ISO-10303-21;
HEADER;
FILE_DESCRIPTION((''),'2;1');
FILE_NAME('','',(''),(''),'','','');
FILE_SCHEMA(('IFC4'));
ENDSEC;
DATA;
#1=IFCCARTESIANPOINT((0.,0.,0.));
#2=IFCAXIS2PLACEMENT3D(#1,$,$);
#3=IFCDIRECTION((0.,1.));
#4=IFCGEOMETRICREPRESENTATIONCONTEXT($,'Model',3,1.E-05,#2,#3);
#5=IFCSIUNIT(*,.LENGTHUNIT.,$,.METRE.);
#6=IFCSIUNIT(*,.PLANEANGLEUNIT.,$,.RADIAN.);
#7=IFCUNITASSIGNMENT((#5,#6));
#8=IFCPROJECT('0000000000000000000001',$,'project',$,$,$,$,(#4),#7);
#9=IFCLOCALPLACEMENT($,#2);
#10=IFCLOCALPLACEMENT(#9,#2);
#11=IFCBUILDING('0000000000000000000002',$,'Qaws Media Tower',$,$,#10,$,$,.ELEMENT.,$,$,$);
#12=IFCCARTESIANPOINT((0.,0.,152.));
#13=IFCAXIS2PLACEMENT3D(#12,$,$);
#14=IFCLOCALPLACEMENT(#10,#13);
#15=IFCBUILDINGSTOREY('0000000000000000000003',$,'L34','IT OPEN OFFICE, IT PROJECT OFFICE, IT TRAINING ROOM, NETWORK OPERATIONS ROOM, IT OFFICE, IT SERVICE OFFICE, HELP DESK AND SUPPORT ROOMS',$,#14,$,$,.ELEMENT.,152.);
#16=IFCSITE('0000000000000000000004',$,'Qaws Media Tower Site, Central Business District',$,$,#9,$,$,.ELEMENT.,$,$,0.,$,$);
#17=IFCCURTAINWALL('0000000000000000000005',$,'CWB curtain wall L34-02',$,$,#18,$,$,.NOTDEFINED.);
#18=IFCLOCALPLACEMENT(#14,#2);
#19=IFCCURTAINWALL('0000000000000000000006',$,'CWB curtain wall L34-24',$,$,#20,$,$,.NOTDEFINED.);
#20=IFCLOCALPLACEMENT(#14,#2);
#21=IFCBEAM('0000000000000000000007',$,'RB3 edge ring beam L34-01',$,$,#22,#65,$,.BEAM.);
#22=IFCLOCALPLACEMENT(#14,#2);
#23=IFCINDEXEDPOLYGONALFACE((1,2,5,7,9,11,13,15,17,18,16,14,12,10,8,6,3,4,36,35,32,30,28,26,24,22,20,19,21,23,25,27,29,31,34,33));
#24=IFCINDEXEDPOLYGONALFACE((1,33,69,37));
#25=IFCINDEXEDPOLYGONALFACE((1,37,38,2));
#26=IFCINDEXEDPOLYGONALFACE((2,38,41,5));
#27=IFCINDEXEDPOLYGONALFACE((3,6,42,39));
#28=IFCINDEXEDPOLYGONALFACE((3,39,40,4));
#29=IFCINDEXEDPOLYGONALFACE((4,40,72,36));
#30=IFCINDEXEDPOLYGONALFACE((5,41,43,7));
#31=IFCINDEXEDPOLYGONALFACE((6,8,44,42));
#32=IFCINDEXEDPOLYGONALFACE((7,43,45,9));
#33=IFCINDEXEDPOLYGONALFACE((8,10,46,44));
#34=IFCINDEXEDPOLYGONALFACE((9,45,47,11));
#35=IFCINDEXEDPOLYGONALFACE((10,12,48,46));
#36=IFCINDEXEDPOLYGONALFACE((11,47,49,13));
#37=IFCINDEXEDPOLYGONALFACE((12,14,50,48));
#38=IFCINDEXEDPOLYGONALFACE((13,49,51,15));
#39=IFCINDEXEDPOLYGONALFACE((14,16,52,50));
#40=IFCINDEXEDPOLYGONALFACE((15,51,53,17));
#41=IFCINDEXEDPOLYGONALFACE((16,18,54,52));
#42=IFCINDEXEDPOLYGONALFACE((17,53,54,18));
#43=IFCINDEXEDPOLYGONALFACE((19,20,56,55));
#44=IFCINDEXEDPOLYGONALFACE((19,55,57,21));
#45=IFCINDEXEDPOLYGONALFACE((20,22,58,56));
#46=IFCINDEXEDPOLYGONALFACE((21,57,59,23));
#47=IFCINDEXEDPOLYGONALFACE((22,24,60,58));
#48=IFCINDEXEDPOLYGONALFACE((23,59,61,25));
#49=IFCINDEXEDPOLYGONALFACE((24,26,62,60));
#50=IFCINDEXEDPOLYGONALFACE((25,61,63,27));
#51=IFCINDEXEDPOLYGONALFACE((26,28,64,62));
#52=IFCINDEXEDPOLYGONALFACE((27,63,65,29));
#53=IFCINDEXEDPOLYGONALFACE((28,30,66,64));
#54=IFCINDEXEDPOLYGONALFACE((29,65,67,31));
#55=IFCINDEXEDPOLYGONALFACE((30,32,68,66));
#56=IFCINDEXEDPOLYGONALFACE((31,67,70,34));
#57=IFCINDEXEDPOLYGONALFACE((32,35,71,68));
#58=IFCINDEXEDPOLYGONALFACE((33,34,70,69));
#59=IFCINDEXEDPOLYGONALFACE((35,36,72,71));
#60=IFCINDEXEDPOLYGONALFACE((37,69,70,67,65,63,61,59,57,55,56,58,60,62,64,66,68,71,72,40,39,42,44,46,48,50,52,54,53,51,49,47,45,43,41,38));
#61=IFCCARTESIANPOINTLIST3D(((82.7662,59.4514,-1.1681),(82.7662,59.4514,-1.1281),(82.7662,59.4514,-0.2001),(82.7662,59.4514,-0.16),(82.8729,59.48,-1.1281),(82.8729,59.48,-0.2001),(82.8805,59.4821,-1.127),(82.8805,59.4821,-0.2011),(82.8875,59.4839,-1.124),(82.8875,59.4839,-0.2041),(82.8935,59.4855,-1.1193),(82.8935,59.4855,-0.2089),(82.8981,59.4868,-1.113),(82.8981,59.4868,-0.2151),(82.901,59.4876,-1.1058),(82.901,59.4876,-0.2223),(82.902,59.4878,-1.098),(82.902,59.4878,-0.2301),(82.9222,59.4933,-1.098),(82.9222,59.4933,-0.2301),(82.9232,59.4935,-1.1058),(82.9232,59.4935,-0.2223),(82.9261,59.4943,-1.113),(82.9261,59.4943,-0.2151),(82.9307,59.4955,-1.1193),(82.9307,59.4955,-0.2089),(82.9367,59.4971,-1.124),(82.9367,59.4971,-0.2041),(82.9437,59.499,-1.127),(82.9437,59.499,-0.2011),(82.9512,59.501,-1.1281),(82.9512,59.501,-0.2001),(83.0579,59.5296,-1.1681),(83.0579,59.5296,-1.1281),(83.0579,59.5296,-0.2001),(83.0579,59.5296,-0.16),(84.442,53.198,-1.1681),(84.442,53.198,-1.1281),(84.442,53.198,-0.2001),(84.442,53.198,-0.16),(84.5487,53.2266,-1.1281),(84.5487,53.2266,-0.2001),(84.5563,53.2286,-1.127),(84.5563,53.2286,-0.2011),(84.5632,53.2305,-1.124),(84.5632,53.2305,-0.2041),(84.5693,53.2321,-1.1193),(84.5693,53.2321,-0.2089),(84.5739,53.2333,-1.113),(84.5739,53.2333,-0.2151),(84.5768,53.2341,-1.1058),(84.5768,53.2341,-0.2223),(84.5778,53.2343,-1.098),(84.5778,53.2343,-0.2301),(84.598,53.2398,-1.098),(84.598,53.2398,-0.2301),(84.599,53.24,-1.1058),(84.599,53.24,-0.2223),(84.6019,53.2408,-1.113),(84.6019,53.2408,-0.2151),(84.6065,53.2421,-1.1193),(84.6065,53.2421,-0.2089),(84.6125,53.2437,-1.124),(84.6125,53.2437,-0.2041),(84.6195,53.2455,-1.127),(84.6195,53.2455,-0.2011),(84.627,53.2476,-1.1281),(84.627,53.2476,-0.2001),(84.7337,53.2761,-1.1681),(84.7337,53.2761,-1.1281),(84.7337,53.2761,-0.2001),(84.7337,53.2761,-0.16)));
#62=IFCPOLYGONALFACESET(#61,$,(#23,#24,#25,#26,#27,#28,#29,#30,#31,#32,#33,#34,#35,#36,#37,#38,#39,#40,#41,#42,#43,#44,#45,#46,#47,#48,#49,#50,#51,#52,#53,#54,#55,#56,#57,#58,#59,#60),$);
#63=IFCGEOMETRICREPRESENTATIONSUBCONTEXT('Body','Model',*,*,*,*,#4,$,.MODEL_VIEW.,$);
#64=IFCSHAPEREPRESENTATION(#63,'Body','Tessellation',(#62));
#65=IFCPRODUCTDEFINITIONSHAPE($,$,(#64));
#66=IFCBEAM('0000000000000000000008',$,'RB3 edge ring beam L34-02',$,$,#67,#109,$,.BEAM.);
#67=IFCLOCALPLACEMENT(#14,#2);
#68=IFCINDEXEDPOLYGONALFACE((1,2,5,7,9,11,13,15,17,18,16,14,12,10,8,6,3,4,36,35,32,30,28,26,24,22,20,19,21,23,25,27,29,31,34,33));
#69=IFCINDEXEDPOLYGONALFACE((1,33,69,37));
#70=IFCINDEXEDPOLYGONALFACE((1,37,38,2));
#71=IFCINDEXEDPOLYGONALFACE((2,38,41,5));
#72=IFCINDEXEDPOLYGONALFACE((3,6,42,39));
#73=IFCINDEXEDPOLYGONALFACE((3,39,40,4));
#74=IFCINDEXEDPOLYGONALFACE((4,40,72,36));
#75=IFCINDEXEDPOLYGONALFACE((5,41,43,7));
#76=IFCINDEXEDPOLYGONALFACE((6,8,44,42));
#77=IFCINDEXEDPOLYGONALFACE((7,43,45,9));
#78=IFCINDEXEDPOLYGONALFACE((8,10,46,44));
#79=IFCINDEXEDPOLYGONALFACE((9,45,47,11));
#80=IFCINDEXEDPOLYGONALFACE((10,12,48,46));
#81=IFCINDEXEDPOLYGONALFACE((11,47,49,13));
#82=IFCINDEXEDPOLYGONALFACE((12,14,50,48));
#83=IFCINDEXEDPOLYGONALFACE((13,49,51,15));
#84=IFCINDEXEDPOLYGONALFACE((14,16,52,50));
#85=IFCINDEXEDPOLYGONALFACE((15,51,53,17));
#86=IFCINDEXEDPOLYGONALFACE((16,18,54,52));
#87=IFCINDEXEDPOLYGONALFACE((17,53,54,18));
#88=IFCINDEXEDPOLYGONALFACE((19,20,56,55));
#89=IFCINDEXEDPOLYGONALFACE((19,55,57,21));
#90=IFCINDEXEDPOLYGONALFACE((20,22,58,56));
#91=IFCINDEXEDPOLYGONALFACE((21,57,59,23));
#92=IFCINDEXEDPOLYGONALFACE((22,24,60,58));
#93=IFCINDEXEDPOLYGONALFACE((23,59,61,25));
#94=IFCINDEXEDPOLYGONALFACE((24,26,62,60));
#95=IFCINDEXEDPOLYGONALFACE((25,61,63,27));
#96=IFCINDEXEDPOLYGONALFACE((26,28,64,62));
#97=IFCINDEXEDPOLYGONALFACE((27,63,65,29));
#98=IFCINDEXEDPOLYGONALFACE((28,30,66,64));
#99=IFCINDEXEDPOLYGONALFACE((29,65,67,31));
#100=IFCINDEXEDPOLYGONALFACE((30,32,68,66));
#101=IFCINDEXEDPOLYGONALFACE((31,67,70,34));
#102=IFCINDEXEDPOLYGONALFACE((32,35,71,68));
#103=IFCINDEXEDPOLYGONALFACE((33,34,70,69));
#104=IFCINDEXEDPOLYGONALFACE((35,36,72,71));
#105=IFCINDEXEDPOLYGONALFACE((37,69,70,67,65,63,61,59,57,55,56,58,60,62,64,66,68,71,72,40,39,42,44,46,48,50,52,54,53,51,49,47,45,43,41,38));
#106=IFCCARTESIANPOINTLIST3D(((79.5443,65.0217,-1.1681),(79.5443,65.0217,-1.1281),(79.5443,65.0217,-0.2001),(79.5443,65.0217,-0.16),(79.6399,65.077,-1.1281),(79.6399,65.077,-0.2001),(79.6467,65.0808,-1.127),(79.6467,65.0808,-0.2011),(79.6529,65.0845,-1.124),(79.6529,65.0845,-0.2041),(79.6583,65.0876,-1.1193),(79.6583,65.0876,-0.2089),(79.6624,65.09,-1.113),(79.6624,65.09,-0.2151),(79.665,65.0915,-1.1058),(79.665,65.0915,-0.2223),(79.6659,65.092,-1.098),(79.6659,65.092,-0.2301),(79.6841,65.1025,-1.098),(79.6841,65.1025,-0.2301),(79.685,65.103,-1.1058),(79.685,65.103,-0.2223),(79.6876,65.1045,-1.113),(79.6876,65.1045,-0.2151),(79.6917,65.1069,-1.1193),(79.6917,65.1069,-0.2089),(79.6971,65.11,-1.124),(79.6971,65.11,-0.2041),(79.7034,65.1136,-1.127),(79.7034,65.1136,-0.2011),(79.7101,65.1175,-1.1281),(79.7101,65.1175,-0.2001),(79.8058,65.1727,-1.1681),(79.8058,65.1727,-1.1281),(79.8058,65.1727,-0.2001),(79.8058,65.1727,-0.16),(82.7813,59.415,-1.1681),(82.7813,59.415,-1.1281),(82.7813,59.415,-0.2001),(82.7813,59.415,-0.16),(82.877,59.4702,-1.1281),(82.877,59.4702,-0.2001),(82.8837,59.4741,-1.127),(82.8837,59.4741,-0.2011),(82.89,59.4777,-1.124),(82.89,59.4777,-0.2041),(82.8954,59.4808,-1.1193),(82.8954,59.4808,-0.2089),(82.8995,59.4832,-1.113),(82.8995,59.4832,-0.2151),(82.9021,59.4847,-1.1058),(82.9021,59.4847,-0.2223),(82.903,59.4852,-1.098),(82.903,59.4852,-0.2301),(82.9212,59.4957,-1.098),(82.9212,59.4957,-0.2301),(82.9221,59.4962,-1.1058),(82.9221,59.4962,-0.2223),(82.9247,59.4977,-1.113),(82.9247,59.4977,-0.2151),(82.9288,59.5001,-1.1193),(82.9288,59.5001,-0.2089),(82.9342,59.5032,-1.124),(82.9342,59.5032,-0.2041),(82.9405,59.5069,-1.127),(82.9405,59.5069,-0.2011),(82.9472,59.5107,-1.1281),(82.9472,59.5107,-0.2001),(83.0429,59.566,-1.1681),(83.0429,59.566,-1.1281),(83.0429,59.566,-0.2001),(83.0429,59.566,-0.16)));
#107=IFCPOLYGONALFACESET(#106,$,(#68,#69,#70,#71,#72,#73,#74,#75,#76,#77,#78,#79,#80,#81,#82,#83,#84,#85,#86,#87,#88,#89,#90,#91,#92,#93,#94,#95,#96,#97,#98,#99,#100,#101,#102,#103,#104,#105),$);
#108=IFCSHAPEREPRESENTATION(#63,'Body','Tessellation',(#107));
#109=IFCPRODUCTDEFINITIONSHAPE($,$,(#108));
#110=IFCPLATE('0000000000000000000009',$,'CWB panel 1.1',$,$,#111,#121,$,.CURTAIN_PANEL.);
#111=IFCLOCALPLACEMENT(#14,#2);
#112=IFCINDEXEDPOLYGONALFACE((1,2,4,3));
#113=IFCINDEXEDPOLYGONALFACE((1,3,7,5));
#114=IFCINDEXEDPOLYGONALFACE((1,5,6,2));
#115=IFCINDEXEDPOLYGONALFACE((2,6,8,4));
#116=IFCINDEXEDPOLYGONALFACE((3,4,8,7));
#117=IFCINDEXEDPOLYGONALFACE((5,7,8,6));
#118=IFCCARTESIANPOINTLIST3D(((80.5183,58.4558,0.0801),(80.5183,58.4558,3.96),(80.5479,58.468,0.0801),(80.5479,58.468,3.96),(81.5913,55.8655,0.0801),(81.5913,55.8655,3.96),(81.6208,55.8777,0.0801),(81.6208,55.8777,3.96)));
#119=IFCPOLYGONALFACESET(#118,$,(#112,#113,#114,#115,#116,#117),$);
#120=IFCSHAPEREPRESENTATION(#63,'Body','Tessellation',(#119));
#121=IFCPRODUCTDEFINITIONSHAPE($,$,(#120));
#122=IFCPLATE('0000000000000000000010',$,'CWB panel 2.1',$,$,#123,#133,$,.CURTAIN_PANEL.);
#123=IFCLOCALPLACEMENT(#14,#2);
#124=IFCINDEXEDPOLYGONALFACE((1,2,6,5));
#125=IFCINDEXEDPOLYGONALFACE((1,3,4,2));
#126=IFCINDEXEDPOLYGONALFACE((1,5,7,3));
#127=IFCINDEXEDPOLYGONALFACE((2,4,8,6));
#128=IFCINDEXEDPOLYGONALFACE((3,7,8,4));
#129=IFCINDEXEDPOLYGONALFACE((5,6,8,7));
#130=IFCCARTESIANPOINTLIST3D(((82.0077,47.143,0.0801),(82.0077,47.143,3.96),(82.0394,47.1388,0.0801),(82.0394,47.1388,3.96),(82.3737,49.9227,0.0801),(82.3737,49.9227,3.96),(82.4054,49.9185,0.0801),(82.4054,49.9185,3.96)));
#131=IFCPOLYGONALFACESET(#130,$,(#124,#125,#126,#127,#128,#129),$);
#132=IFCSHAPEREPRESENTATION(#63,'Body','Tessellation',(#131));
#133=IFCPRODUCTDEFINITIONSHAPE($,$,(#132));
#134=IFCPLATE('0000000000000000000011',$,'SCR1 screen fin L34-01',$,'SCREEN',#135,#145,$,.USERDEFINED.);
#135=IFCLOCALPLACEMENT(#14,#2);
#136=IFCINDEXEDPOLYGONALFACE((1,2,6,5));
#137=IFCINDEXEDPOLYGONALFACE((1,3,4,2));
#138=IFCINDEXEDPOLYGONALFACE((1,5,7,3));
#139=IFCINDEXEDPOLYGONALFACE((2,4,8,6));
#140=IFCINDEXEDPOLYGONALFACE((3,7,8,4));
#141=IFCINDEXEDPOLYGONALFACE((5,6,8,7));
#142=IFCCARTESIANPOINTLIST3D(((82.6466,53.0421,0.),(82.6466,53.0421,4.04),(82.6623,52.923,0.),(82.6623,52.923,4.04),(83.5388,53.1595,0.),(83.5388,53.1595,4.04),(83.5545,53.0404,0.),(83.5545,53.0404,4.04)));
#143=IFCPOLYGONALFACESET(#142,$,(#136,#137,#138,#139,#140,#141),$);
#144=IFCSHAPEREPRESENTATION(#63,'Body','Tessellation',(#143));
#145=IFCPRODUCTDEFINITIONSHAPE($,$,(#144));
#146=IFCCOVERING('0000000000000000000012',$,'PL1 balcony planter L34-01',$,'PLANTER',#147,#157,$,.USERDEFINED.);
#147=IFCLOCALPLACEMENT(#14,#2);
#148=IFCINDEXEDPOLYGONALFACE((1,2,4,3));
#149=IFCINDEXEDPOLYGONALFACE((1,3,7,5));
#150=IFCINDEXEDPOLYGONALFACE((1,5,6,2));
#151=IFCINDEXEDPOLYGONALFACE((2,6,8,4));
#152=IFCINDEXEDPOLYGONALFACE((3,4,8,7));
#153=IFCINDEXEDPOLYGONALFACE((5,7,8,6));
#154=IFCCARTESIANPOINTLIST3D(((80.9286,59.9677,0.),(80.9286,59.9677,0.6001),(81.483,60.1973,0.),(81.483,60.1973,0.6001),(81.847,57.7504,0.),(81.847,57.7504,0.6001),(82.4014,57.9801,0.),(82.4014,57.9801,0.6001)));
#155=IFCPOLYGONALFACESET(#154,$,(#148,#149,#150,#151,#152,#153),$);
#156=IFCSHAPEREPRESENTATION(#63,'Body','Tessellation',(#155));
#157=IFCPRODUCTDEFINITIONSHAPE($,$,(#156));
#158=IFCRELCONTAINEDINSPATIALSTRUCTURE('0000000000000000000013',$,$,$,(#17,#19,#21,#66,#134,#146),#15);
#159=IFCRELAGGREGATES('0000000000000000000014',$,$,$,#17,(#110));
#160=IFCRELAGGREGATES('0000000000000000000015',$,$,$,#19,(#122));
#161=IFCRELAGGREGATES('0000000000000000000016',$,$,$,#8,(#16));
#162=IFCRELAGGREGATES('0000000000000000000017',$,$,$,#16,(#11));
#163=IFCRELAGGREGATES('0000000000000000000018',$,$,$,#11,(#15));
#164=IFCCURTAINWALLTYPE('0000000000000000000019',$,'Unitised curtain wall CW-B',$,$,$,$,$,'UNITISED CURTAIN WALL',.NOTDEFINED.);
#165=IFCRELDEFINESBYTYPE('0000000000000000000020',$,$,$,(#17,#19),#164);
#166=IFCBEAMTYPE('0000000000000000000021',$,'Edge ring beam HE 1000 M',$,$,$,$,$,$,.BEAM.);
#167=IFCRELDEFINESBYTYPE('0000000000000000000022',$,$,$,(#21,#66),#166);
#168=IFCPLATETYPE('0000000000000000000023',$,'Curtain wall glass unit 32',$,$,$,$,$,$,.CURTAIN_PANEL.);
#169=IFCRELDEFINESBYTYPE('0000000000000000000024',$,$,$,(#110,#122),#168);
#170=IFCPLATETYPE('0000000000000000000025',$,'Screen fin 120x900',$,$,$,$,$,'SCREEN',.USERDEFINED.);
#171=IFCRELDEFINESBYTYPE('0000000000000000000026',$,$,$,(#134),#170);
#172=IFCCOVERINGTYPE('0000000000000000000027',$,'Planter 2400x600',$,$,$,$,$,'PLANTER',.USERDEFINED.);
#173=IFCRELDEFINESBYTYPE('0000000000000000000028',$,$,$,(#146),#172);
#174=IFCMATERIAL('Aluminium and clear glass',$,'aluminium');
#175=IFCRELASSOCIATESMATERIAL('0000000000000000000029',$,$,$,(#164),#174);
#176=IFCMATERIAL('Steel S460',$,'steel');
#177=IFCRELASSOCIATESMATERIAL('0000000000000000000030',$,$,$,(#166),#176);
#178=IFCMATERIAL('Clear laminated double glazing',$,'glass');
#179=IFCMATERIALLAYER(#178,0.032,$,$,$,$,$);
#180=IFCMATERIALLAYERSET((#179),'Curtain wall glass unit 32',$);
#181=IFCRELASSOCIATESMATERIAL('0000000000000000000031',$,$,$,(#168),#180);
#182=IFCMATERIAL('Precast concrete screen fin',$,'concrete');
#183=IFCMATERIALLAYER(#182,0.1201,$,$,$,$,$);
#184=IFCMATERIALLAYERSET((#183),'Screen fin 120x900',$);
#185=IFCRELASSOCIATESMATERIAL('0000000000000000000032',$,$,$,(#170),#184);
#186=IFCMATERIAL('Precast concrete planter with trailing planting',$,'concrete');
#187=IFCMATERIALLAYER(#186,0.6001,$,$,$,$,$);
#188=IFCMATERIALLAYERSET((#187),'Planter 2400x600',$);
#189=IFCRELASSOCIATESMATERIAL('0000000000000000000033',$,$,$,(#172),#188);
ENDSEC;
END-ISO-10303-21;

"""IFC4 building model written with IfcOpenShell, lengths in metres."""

from ifc_helpers import new_model, si_unit, direction, frame, origin, origin_2d, place, context, subcontext, project, spatial, rectangle, i_section, extrude, material, layer, layer_set, material_profile, profile_set, type_object, element, aggregate, save


model = new_model("IFC4")

# Units and contexts
model_context = context("Model", 3, precision=1e-05, world=origin(), true_north=direction((0.0, 1.0)))
body_context = subcontext(model_context, "Body", "Model", "MODEL_VIEW")
ifc_project = project(units=[si_unit("LENGTHUNIT", "METRE"), si_unit("PLANEANGLEUNIT", "RADIAN")], contexts=[model_context])

# Site, building, storey
site_placement = place(None, origin())
site = spatial("IfcSite", under=ifc_project, at=site_placement, Name="Qaws Media Tower Site, Central Business District", CompositionType="ELEMENT", RefElevation=0.0)
building_placement = place(site_placement, origin())
building = spatial("IfcBuilding", under=site, at=building_placement, Name="Qaws Media Tower", CompositionType="ELEMENT")
storey_placement = place(building_placement, frame((0.0, 0.0, 152.0)))
storey = spatial("IfcBuildingStorey", under=building, at=storey_placement, Name="L34", Description="IT OPEN OFFICE, IT PROJECT OFFICE, IT TRAINING ROOM, NETWORK OPERATIONS ROOM, IT OFFICE, IT SERVICE OFFICE, HELP DESK AND SUPPORT ROOMS", CompositionType="ELEMENT", Elevation=152.0)

# Curtain wall
ifc_material_1 = material(Name="Aluminium and clear glass", Category="aluminium")
curtain_wall_type = type_object("IfcCurtainWallType", Name="Unitised curtain wall CW-B", ElementType="UNITISED CURTAIN WALL", PredefinedType="NOTDEFINED", material=ifc_material_1)
curtain_wall_1_placement = place(storey_placement, origin())
curtain_wall_1 = element("IfcCurtainWall", 1, at=curtain_wall_1_placement, inside=storey, type_object=curtain_wall_type, Name="CWB curtain wall L34-02", PredefinedType="NOTDEFINED")

# Curtain wall
curtain_wall_2_placement = place(storey_placement, origin())
curtain_wall_2 = element("IfcCurtainWall", 2, at=curtain_wall_2_placement, inside=storey, type_object=curtain_wall_type, Name="CWB curtain wall L34-24", PredefinedType="NOTDEFINED")

# Beams
ifc_material_2 = material(Name="Steel S460", Category="steel")
ifc_material_profile_1 = material_profile(ifc_material_2, i_section(OverallWidth=0.302, OverallDepth=1.0081, WebThickness=0.021, FlangeThickness=0.04, FilletRadius=0.03, at=origin_2d()), Name="HE 1000 M")
ifc_profile_set_1 = profile_set([ifc_material_profile_1], Name="Steel S460")
beam_type = type_object("IfcBeamType", Name="Edge ring beam HE 1000 M", PredefinedType="BEAM", material=ifc_profile_set_1)
for number, where, z_axis, x_axis, name in (
    (3, (84.5879, 53.2371, -0.6641), (-0.258845, 0.965919, 0.0), (-0.965919, -0.258845, 0.0), "RB3 edge ring beam L34-01"),
    (4, (82.9121, 59.4905, -0.6641), (-0.500004, 0.866023, 0.0), (-0.866023, -0.500004, 0.0), "RB3 edge ring beam L34-02"),
):
    element("IfcBeam", number, at=place(storey_placement, frame(where, z_axis=z_axis, x_axis=x_axis)), inside=storey, type_object=beam_type, Name=name, PredefinedType="BEAM", context=body_context, shape_type="SweptSolid", body=[
        extrude(i_section(OverallWidth=0.302, OverallDepth=1.0081, WebThickness=0.021, FlangeThickness=0.04, FilletRadius=0.03, at=origin_2d()), origin(), (0.0, 0.0, 1.0), 6.4741),
    ])

# Plates
ifc_material_3 = material(Name="Clear laminated double glazing", Category="glass")
ifc_layer_1 = layer(ifc_material_3, 0.032)
ifc_layer_set_1 = layer_set([ifc_layer_1], Name="Curtain wall glass unit 32")
plate_type_1 = type_object("IfcPlateType", Name="Curtain wall glass unit 32", PredefinedType="CURTAIN_PANEL", material=ifc_layer_set_1)
plate_1_placement = place(storey_placement, frame((81.0696, 57.1667, 0.0801), z_axis=(0.0, 0.0, 1.0), x_axis=(-0.382684, 0.923879, 0.0)))
plate_1 = element("IfcPlate", 5, at=plate_1_placement, type_object=plate_type_1, Name="CWB panel 1.1", PredefinedType="CURTAIN_PANEL", context=body_context, shape_type="SweptSolid", body=[
    extrude(rectangle(XDim=2.8037, YDim=0.032, at=origin_2d()), origin(), (0.0, 0.0, 1.0), 3.8799),
])
aggregate(curtain_wall_1, [plate_1])
plate_2_placement = place(storey_placement, frame((82.2065, 48.5308, 0.0801), z_axis=(0.0, 0.0, 1.0), x_axis=(0.130526, 0.991445, 0.0)))
plate_2 = element("IfcPlate", 6, at=plate_2_placement, type_object=plate_type_1, Name="CWB panel 2.1", PredefinedType="CURTAIN_PANEL", context=body_context, shape_type="SweptSolid", body=[
    extrude(rectangle(XDim=2.8037, YDim=0.032, at=origin_2d()), origin(), (0.0, 0.0, 1.0), 3.8799),
])
aggregate(curtain_wall_2, [plate_2])
ifc_material_4 = material(Name="Precast concrete screen fin", Category="concrete")
ifc_layer_2 = layer(ifc_material_4, 0.1201)
ifc_layer_set_2 = layer_set([ifc_layer_2], Name="Screen fin 120x900")
plate_type_2 = type_object("IfcPlateType", Name="Screen fin 120x900", ElementType="SCREEN", PredefinedType="USERDEFINED", material=ifc_layer_set_2)
plate_3_placement = place(storey_placement, frame((83.1006, 53.0413, 0.0), z_axis=(0.0, 0.0, 1.0), x_axis=(0.991445, 0.130526, 0.0)))
element("IfcPlate", 7, at=plate_3_placement, inside=storey, type_object=plate_type_2, Name="SCR1 screen fin L34-01", ObjectType="SCREEN", PredefinedType="USERDEFINED", context=body_context, shape_type="SweptSolid", body=[
    extrude(rectangle(XDim=0.8999, YDim=0.1201, at=origin_2d()), origin(), (0.0, 0.0, 1.0), 4.04),
])

# Covering
ifc_material_5 = material(Name="Precast concrete planter with trailing planting", Category="concrete")
ifc_layer_3 = layer(ifc_material_5, 0.6001)
ifc_layer_set_3 = layer_set([ifc_layer_3], Name="Planter 2400x600")
covering_type = type_object("IfcCoveringType", Name="Planter 2400x600", ElementType="PLANTER", PredefinedType="USERDEFINED", material=ifc_layer_set_3)
covering_placement = place(storey_placement, frame((81.665, 58.9739, 0.0), z_axis=(0.0, 0.0, 1.0), x_axis=(-0.382683, 0.92388, 0.0)))
element("IfcCovering", 8, at=covering_placement, inside=storey, type_object=covering_type, Name="PL1 balcony planter L34-01", ObjectType="PLANTER", PredefinedType="USERDEFINED", context=body_context, shape_type="SweptSolid", body=[
    extrude(rectangle(XDim=2.3999, YDim=0.6001, at=origin_2d()), origin(), (0.0, 0.0, 1.0), 0.6001),
])

save(model, "model.ifc")
